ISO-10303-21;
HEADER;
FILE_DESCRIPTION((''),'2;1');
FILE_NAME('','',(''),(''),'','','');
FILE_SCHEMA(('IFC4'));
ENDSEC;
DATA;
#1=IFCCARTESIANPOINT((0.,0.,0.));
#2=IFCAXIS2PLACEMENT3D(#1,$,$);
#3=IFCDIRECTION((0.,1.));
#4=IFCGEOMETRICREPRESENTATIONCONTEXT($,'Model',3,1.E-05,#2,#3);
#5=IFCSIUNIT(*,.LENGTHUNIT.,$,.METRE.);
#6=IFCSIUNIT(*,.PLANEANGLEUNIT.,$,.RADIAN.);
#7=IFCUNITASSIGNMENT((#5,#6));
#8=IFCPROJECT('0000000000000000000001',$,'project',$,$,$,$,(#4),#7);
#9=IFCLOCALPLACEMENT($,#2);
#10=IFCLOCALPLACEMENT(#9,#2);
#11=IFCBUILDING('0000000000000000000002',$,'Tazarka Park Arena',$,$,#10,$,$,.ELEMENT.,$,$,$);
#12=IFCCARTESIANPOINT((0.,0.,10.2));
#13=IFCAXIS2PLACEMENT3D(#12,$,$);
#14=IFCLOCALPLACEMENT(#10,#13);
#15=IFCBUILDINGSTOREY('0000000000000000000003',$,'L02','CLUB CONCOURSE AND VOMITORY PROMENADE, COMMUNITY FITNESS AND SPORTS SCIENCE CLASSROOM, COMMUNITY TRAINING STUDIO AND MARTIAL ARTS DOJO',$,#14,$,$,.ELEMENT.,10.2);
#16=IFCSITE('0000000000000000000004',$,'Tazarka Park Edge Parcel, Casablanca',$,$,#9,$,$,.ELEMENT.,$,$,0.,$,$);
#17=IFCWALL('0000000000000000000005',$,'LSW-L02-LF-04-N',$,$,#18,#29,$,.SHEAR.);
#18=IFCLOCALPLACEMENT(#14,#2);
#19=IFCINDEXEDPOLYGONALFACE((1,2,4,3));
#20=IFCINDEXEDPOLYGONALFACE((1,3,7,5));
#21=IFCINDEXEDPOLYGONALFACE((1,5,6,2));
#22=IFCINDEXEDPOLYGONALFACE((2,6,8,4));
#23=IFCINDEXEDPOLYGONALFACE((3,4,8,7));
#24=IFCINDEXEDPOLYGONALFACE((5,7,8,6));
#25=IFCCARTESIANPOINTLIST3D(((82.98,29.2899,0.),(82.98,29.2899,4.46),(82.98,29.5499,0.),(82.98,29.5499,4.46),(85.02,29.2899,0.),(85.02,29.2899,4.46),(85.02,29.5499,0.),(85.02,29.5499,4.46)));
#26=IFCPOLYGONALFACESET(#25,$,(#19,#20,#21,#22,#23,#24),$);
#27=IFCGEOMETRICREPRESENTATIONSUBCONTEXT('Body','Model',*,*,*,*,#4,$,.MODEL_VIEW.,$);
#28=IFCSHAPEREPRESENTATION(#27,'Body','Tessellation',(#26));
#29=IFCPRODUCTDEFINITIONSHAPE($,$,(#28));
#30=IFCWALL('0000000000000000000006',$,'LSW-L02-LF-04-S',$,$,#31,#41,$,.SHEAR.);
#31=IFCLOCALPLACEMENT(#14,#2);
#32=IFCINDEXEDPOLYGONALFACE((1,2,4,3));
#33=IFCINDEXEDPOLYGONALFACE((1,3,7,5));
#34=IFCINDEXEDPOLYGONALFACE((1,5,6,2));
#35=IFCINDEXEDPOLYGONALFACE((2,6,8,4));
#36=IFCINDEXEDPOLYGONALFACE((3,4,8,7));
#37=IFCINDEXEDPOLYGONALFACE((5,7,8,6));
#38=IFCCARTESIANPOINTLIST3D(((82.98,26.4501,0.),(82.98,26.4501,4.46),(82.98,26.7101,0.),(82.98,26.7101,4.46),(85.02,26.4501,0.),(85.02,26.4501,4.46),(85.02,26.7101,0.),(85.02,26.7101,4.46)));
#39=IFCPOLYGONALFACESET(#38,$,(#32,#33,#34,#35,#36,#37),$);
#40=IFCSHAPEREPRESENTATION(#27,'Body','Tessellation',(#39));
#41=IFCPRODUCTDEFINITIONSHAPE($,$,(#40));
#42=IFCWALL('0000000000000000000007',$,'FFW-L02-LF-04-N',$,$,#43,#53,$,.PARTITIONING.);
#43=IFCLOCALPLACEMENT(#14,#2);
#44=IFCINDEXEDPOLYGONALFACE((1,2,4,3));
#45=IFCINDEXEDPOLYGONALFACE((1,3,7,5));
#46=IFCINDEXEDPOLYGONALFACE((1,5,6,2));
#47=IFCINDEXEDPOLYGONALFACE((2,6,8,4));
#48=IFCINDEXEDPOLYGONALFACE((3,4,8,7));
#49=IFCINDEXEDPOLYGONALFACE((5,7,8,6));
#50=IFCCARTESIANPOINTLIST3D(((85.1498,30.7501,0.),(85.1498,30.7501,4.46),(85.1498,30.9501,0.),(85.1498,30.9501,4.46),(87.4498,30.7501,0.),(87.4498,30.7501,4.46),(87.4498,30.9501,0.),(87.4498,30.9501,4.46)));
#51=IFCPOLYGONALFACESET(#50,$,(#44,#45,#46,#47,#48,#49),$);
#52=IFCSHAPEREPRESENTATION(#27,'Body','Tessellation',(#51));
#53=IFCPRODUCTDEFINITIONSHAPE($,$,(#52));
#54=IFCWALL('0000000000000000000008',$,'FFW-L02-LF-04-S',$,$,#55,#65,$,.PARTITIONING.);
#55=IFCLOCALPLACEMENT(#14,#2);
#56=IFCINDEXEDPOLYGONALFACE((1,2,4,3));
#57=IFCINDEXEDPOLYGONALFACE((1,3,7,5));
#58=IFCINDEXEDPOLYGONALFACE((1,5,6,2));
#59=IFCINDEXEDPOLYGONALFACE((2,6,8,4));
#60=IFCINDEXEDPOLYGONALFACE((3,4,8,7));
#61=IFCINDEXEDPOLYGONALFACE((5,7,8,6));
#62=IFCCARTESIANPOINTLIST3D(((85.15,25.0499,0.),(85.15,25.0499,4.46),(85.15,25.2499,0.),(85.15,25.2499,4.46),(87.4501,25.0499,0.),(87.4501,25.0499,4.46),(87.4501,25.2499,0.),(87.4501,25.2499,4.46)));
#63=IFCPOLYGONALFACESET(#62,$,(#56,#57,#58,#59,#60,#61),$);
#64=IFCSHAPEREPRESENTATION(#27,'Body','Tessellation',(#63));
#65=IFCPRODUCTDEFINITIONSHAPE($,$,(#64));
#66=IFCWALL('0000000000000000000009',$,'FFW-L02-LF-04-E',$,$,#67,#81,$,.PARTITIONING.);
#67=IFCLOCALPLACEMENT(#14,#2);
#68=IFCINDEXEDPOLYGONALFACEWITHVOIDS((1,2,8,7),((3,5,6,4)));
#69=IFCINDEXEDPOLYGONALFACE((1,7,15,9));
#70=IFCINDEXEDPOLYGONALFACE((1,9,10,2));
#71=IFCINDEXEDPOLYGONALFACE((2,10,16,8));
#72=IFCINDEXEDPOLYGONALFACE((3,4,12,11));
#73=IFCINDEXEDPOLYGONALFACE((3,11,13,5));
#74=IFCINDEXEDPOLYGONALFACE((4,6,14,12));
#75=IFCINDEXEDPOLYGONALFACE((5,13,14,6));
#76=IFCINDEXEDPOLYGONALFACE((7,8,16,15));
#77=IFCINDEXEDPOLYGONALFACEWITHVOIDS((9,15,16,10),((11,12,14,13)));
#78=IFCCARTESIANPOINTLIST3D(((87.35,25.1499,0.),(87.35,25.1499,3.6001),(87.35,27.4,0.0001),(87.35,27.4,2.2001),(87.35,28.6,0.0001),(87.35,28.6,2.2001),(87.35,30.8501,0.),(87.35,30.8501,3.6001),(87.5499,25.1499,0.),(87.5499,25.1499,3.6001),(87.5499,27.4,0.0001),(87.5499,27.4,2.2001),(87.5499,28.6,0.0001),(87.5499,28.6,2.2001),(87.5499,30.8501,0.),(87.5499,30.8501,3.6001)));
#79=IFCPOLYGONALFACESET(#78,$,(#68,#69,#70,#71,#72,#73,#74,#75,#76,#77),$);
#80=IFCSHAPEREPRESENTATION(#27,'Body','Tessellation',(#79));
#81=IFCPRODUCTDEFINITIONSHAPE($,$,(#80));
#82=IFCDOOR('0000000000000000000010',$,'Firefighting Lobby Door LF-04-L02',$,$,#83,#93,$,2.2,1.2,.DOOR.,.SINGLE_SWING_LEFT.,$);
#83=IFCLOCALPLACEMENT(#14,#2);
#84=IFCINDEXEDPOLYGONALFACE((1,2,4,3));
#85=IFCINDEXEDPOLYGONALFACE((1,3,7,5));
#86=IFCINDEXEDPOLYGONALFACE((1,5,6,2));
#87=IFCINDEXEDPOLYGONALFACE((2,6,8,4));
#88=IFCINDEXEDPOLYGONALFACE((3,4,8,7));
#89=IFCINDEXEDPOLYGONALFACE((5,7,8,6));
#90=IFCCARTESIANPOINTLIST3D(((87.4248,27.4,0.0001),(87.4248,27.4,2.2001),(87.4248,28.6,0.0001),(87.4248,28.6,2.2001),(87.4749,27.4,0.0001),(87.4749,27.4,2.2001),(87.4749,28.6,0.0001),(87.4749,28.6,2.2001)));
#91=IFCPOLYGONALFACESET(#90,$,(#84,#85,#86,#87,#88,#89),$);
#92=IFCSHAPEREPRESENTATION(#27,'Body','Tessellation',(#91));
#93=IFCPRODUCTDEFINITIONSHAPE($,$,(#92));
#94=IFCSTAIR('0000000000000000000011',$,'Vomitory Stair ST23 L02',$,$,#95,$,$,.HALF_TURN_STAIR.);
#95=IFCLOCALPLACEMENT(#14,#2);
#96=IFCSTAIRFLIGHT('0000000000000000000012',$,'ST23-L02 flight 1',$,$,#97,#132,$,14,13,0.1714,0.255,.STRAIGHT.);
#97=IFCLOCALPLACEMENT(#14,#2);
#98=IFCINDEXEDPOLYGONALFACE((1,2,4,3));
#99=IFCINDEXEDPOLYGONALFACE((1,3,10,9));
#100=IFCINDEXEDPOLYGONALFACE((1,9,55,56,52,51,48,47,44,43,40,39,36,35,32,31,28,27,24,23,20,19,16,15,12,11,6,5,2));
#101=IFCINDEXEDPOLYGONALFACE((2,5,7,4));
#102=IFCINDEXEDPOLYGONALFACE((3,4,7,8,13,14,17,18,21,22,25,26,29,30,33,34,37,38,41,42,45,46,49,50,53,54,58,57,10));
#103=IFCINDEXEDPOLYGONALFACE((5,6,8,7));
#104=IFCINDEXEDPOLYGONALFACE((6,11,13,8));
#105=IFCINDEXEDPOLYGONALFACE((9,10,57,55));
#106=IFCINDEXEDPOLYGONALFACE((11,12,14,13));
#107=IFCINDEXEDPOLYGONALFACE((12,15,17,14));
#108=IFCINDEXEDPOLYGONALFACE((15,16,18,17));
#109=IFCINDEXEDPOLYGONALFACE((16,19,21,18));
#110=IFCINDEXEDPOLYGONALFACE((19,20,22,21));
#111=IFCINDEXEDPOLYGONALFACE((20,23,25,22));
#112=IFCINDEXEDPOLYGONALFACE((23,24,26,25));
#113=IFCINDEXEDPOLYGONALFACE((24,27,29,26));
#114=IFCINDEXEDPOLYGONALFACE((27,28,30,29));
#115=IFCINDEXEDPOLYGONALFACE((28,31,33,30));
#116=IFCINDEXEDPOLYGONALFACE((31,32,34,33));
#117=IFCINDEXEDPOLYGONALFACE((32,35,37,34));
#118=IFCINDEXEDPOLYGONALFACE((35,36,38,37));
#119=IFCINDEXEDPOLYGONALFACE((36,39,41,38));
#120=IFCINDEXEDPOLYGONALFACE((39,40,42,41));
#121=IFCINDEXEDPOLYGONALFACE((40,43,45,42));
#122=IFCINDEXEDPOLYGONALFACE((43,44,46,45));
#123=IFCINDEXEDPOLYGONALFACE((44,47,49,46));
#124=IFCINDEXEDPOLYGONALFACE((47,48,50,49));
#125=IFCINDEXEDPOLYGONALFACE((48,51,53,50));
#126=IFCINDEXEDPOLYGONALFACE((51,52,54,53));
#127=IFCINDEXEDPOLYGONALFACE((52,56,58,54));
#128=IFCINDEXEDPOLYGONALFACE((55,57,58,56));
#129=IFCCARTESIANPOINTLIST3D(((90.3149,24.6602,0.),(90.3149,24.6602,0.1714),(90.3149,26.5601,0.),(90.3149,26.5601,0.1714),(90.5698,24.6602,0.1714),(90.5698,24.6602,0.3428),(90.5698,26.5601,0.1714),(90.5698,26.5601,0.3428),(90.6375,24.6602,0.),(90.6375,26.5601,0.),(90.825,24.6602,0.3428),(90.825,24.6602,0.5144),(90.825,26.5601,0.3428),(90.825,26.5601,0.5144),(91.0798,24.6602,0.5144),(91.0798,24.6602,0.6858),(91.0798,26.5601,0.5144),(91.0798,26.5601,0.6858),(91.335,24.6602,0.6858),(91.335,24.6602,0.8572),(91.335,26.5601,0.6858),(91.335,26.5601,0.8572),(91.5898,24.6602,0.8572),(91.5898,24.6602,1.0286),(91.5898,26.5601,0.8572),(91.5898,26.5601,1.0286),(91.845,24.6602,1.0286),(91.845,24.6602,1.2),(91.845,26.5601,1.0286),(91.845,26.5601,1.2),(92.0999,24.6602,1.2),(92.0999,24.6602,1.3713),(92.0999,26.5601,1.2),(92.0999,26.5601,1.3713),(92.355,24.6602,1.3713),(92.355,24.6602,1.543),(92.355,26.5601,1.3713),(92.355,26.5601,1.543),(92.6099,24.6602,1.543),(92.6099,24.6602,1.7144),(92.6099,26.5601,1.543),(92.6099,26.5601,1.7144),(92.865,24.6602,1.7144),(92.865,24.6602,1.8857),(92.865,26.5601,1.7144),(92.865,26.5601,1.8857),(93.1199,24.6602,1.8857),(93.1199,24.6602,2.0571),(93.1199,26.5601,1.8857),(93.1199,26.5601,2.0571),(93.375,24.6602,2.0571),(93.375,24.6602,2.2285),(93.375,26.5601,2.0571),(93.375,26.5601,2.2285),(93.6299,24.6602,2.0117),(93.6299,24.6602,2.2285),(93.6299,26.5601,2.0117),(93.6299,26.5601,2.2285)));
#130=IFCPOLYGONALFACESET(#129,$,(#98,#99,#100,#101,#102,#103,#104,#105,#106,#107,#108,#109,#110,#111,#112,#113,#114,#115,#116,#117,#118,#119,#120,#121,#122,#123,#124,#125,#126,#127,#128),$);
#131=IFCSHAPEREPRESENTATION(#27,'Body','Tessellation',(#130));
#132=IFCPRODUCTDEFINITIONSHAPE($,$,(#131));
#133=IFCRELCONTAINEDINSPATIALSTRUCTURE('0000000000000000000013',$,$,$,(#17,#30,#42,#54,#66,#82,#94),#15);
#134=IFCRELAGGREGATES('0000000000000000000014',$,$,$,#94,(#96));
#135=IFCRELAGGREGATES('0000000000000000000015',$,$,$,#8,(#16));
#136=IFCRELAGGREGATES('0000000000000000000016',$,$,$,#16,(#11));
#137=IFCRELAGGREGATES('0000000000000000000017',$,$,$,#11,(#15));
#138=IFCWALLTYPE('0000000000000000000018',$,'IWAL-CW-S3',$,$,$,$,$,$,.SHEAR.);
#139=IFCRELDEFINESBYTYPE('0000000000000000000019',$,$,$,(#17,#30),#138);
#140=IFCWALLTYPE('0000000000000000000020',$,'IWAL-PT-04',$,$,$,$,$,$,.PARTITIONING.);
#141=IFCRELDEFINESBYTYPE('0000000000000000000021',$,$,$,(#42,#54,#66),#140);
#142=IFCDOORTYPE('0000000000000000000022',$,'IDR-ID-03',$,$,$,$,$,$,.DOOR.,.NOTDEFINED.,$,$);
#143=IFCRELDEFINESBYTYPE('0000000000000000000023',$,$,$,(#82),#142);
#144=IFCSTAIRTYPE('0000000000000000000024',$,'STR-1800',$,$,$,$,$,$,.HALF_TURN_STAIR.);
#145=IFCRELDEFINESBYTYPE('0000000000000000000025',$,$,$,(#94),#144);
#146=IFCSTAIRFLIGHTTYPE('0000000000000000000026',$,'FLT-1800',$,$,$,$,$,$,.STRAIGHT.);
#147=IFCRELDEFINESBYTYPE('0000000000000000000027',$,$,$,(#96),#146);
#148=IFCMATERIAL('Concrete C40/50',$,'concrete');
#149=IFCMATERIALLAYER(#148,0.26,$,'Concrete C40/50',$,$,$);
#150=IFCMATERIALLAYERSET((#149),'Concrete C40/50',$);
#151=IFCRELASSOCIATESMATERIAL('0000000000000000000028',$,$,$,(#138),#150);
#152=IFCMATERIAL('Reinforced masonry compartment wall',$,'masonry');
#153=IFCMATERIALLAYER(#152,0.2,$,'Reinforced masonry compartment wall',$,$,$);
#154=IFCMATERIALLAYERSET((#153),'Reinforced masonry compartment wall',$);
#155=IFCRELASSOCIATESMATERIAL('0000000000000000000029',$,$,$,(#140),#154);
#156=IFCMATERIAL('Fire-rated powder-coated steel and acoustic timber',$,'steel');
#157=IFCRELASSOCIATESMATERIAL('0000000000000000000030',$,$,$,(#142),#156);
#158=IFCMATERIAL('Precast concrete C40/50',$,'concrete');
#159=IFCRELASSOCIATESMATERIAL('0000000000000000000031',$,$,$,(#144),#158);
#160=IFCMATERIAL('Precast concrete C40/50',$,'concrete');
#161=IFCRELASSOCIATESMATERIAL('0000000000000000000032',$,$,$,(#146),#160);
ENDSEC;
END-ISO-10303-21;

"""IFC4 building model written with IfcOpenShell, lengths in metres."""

from ifc_helpers import new_model, si_unit, direction, frame, frame_2d, origin, place, context, subcontext, project, spatial, polyline, rectangle, outline, extrude, material, layer, layer_set, type_object, element, fill, aggregate, save


model = new_model("IFC4")

# Units and contexts
model_context = context("Model", 3, precision=1e-05, world=origin(), true_north=direction((0.0, 1.0)))
body_context = subcontext(model_context, "Body", "Model", "MODEL_VIEW")
ifc_project = project(units=[si_unit("LENGTHUNIT", "METRE"), si_unit("PLANEANGLEUNIT", "RADIAN")], contexts=[model_context])

# Site, building, storey
site_placement = place(None, origin())
site = spatial("IfcSite", under=ifc_project, at=site_placement, Name="Tazarka Park Edge Parcel, Casablanca", CompositionType="ELEMENT", RefElevation=0.0)
building_placement = place(site_placement, origin())
building = spatial("IfcBuilding", under=site, at=building_placement, Name="Tazarka Park Arena", CompositionType="ELEMENT")
storey_placement = place(building_placement, frame((0.0, 0.0, 10.2)))
storey = spatial("IfcBuildingStorey", under=building, at=storey_placement, Name="L02", Description="CLUB CONCOURSE AND VOMITORY PROMENADE, COMMUNITY FITNESS AND SPORTS SCIENCE CLASSROOM, COMMUNITY TRAINING STUDIO AND MARTIAL ARTS DOJO", CompositionType="ELEMENT", Elevation=10.2)

# Walls
ifc_material_1 = material(Name="Concrete C40/50", Category="concrete")
ifc_layer_1 = layer(ifc_material_1, 0.26, Name="Concrete C40/50")
ifc_layer_set_1 = layer_set([ifc_layer_1], Name="Concrete C40/50")
wall_type_1 = type_object("IfcWallType", Name="IWAL-CW-S3", PredefinedType="SHEAR", material=ifc_layer_set_1)
for number, where, z_axis, x_axis, name in (
    (1, (82.98, 29.4199, 0.0), (0.0, 0.0, 1.0), (1.0, 0.0, 0.0), "LSW-L02-LF-04-N"),
    (2, (85.02, 26.5801, 0.0), (0.0, 0.0, 1.0), (-1.0, 0.0, 0.0), "LSW-L02-LF-04-S"),
):
    element("IfcWall", number, at=place(storey_placement, frame(where, z_axis=z_axis, x_axis=x_axis)), inside=storey, type_object=wall_type_1, Name=name, PredefinedType="SHEAR", context=body_context, shape_type="SweptSolid", body=[
        extrude(rectangle(XDim=2.04, YDim=0.26, at=frame_2d((1.02, 0.0))), origin(), (0.0, 0.0, 1.0), 4.46),
    ])

# Walls
ifc_material_2 = material(Name="Reinforced masonry compartment wall", Category="masonry")
ifc_layer_2 = layer(ifc_material_2, 0.2, Name="Reinforced masonry compartment wall")
ifc_layer_set_2 = layer_set([ifc_layer_2], Name="Reinforced masonry compartment wall")
wall_type_2 = type_object("IfcWallType", Name="IWAL-PT-04", PredefinedType="PARTITIONING", material=ifc_layer_set_2)
for number, where, z_axis, x_axis, name in (
    (3, (85.1499, 30.8501, 0.0), (0.0, 0.0, 1.0), (1.0, 0.0, 0.0), "FFW-L02-LF-04-N"),
    (4, (87.45, 25.1499, 0.0), (0.0, 0.0, 1.0), (-1.0, 0.0, 0.0), "FFW-L02-LF-04-S"),
):
    element("IfcWall", number, at=place(storey_placement, frame(where, z_axis=z_axis, x_axis=x_axis)), inside=storey, type_object=wall_type_2, Name=name, PredefinedType="PARTITIONING", context=body_context, shape_type="SweptSolid", body=[
        extrude(rectangle(XDim=2.3, YDim=0.2, at=frame_2d((1.1499, 0.0))), origin(), (0.0, 0.0, 1.0), 4.46),
    ])

# Wall, opening, door
wall_1_placement = place(storey_placement, frame((87.45, 30.8501, 0.0), z_axis=(0.0, 0.0, 1.0), x_axis=(0.0, -1.0, 0.0)))
wall_1 = element("IfcWall", 5, at=wall_1_placement, inside=storey, type_object=wall_type_2, Name="FFW-L02-LF-04-E", PredefinedType="PARTITIONING", context=body_context, shape_type="SweptSolid", body=[
    extrude(rectangle(XDim=5.7002, YDim=0.2, at=frame_2d((2.8501, 0.0))), origin(), (0.0, 0.0, 1.0), 3.6001),
])
opening_1_placement = place(wall_1_placement, frame((2.25, 0.0, 0.0)))
opening_1 = element("IfcOpeningElement", 6, at=opening_1_placement, cuts=wall_1, PredefinedType="OPENING", context=body_context, shape_type="SweptSolid", body=[
    extrude(rectangle(XDim=1.2, YDim=2.2, at=frame_2d((0.6001, 1.1001))), frame((0.0, 0.1099, 0.0), z_axis=(0.0, -1.0, 0.0), x_axis=(1.0, 0.0, 0.0)), (0.0, 0.0, 1.0), 0.22),
])
ifc_material_3 = material(Name="Fire-rated powder-coated steel and acoustic timber", Category="steel")
door_type_1 = type_object("IfcDoorType", Name="IDR-ID-03", OperationType="NOTDEFINED", PredefinedType="DOOR", material=ifc_material_3)
door_1_placement = place(opening_1_placement, origin())
door_1 = element("IfcDoor", 7, at=door_1_placement, inside=storey, type_object=door_type_1, Name="Firefighting Lobby Door LF-04-L02", OperationType="SINGLE_SWING_LEFT", OverallHeight=2.2, OverallWidth=1.2, PredefinedType="DOOR", context=body_context, shape_type="SweptSolid", body=[
    extrude(rectangle(XDim=1.2, YDim=2.2, at=frame_2d((0.6001, 1.1001))), frame((0.0, 0.0249, 0.0), z_axis=(0.0, -1.0, 0.0), x_axis=(1.0, 0.0, 0.0)), (0.0, 0.0, 1.0), 0.05),
])
fill(opening_1, door_1)

# Stair, stair flight
ifc_material_4 = material(Name="Precast concrete C40/50", Category="concrete")
stair_type = type_object("IfcStairType", Name="STR-1800", PredefinedType="HALF_TURN_STAIR", material=ifc_material_4)
stair_placement = place(storey_placement, origin())
stair = element("IfcStair", 8, at=stair_placement, inside=storey, type_object=stair_type, Name="Vomitory Stair ST23 L02", PredefinedType="HALF_TURN_STAIR")
ifc_material_5 = material(Name="Precast concrete C40/50", Category="concrete")
stair_flight_type = type_object("IfcStairFlightType", Name="FLT-1800", PredefinedType="STRAIGHT", material=ifc_material_5)
stair_flight_placement = place(storey_placement, frame((90.3149, 25.6101, 0.0), z_axis=(0.0, 0.0, 1.0), x_axis=(1.0, 0.0, 0.0)))
stair_flight = element("IfcStairFlight", 9, at=stair_flight_placement, type_object=stair_flight_type, Name="ST23-L02 flight 1", NumberOfRisers=14, NumberOfTreads=13, PredefinedType="STRAIGHT", RiserHeight=0.1714, TreadLength=0.255, context=body_context, shape_type="SweptSolid", body=[
    extrude(outline(polyline([(0.0, 0.0), (0.0, 0.1714), (0.2549, 0.1714), (0.2549, 0.3428), (0.51, 0.3428), (0.51, 0.5144), (0.7649, 0.5144), (0.7649, 0.6858), (1.02, 0.6858), (1.02, 0.8572), (1.2749, 0.8572), (1.2749, 1.0286), (1.53, 1.0286), (1.53, 1.2), (1.7849, 1.2), (1.7849, 1.3713), (2.04, 1.3713), (2.04, 1.543), (2.2949, 1.543), (2.2949, 1.7144), (2.55, 1.7144), (2.55, 1.8857), (2.8049, 1.8857), (2.8049, 2.0571), (3.0601, 2.0571), (3.0601, 2.2285), (3.3149, 2.2285), (3.3149, 2.3999), (3.3149, 2.0117), (0.3225, 0.0), (0.0, 0.0)])), frame((0.0, 0.95, 0.0), z_axis=(0.0, -1.0, 0.0), x_axis=(1.0, 0.0, 0.0)), (0.0, 0.0, 1.0), 1.8999),
])
aggregate(stair, [stair_flight])

save(model, "model.ifc")
